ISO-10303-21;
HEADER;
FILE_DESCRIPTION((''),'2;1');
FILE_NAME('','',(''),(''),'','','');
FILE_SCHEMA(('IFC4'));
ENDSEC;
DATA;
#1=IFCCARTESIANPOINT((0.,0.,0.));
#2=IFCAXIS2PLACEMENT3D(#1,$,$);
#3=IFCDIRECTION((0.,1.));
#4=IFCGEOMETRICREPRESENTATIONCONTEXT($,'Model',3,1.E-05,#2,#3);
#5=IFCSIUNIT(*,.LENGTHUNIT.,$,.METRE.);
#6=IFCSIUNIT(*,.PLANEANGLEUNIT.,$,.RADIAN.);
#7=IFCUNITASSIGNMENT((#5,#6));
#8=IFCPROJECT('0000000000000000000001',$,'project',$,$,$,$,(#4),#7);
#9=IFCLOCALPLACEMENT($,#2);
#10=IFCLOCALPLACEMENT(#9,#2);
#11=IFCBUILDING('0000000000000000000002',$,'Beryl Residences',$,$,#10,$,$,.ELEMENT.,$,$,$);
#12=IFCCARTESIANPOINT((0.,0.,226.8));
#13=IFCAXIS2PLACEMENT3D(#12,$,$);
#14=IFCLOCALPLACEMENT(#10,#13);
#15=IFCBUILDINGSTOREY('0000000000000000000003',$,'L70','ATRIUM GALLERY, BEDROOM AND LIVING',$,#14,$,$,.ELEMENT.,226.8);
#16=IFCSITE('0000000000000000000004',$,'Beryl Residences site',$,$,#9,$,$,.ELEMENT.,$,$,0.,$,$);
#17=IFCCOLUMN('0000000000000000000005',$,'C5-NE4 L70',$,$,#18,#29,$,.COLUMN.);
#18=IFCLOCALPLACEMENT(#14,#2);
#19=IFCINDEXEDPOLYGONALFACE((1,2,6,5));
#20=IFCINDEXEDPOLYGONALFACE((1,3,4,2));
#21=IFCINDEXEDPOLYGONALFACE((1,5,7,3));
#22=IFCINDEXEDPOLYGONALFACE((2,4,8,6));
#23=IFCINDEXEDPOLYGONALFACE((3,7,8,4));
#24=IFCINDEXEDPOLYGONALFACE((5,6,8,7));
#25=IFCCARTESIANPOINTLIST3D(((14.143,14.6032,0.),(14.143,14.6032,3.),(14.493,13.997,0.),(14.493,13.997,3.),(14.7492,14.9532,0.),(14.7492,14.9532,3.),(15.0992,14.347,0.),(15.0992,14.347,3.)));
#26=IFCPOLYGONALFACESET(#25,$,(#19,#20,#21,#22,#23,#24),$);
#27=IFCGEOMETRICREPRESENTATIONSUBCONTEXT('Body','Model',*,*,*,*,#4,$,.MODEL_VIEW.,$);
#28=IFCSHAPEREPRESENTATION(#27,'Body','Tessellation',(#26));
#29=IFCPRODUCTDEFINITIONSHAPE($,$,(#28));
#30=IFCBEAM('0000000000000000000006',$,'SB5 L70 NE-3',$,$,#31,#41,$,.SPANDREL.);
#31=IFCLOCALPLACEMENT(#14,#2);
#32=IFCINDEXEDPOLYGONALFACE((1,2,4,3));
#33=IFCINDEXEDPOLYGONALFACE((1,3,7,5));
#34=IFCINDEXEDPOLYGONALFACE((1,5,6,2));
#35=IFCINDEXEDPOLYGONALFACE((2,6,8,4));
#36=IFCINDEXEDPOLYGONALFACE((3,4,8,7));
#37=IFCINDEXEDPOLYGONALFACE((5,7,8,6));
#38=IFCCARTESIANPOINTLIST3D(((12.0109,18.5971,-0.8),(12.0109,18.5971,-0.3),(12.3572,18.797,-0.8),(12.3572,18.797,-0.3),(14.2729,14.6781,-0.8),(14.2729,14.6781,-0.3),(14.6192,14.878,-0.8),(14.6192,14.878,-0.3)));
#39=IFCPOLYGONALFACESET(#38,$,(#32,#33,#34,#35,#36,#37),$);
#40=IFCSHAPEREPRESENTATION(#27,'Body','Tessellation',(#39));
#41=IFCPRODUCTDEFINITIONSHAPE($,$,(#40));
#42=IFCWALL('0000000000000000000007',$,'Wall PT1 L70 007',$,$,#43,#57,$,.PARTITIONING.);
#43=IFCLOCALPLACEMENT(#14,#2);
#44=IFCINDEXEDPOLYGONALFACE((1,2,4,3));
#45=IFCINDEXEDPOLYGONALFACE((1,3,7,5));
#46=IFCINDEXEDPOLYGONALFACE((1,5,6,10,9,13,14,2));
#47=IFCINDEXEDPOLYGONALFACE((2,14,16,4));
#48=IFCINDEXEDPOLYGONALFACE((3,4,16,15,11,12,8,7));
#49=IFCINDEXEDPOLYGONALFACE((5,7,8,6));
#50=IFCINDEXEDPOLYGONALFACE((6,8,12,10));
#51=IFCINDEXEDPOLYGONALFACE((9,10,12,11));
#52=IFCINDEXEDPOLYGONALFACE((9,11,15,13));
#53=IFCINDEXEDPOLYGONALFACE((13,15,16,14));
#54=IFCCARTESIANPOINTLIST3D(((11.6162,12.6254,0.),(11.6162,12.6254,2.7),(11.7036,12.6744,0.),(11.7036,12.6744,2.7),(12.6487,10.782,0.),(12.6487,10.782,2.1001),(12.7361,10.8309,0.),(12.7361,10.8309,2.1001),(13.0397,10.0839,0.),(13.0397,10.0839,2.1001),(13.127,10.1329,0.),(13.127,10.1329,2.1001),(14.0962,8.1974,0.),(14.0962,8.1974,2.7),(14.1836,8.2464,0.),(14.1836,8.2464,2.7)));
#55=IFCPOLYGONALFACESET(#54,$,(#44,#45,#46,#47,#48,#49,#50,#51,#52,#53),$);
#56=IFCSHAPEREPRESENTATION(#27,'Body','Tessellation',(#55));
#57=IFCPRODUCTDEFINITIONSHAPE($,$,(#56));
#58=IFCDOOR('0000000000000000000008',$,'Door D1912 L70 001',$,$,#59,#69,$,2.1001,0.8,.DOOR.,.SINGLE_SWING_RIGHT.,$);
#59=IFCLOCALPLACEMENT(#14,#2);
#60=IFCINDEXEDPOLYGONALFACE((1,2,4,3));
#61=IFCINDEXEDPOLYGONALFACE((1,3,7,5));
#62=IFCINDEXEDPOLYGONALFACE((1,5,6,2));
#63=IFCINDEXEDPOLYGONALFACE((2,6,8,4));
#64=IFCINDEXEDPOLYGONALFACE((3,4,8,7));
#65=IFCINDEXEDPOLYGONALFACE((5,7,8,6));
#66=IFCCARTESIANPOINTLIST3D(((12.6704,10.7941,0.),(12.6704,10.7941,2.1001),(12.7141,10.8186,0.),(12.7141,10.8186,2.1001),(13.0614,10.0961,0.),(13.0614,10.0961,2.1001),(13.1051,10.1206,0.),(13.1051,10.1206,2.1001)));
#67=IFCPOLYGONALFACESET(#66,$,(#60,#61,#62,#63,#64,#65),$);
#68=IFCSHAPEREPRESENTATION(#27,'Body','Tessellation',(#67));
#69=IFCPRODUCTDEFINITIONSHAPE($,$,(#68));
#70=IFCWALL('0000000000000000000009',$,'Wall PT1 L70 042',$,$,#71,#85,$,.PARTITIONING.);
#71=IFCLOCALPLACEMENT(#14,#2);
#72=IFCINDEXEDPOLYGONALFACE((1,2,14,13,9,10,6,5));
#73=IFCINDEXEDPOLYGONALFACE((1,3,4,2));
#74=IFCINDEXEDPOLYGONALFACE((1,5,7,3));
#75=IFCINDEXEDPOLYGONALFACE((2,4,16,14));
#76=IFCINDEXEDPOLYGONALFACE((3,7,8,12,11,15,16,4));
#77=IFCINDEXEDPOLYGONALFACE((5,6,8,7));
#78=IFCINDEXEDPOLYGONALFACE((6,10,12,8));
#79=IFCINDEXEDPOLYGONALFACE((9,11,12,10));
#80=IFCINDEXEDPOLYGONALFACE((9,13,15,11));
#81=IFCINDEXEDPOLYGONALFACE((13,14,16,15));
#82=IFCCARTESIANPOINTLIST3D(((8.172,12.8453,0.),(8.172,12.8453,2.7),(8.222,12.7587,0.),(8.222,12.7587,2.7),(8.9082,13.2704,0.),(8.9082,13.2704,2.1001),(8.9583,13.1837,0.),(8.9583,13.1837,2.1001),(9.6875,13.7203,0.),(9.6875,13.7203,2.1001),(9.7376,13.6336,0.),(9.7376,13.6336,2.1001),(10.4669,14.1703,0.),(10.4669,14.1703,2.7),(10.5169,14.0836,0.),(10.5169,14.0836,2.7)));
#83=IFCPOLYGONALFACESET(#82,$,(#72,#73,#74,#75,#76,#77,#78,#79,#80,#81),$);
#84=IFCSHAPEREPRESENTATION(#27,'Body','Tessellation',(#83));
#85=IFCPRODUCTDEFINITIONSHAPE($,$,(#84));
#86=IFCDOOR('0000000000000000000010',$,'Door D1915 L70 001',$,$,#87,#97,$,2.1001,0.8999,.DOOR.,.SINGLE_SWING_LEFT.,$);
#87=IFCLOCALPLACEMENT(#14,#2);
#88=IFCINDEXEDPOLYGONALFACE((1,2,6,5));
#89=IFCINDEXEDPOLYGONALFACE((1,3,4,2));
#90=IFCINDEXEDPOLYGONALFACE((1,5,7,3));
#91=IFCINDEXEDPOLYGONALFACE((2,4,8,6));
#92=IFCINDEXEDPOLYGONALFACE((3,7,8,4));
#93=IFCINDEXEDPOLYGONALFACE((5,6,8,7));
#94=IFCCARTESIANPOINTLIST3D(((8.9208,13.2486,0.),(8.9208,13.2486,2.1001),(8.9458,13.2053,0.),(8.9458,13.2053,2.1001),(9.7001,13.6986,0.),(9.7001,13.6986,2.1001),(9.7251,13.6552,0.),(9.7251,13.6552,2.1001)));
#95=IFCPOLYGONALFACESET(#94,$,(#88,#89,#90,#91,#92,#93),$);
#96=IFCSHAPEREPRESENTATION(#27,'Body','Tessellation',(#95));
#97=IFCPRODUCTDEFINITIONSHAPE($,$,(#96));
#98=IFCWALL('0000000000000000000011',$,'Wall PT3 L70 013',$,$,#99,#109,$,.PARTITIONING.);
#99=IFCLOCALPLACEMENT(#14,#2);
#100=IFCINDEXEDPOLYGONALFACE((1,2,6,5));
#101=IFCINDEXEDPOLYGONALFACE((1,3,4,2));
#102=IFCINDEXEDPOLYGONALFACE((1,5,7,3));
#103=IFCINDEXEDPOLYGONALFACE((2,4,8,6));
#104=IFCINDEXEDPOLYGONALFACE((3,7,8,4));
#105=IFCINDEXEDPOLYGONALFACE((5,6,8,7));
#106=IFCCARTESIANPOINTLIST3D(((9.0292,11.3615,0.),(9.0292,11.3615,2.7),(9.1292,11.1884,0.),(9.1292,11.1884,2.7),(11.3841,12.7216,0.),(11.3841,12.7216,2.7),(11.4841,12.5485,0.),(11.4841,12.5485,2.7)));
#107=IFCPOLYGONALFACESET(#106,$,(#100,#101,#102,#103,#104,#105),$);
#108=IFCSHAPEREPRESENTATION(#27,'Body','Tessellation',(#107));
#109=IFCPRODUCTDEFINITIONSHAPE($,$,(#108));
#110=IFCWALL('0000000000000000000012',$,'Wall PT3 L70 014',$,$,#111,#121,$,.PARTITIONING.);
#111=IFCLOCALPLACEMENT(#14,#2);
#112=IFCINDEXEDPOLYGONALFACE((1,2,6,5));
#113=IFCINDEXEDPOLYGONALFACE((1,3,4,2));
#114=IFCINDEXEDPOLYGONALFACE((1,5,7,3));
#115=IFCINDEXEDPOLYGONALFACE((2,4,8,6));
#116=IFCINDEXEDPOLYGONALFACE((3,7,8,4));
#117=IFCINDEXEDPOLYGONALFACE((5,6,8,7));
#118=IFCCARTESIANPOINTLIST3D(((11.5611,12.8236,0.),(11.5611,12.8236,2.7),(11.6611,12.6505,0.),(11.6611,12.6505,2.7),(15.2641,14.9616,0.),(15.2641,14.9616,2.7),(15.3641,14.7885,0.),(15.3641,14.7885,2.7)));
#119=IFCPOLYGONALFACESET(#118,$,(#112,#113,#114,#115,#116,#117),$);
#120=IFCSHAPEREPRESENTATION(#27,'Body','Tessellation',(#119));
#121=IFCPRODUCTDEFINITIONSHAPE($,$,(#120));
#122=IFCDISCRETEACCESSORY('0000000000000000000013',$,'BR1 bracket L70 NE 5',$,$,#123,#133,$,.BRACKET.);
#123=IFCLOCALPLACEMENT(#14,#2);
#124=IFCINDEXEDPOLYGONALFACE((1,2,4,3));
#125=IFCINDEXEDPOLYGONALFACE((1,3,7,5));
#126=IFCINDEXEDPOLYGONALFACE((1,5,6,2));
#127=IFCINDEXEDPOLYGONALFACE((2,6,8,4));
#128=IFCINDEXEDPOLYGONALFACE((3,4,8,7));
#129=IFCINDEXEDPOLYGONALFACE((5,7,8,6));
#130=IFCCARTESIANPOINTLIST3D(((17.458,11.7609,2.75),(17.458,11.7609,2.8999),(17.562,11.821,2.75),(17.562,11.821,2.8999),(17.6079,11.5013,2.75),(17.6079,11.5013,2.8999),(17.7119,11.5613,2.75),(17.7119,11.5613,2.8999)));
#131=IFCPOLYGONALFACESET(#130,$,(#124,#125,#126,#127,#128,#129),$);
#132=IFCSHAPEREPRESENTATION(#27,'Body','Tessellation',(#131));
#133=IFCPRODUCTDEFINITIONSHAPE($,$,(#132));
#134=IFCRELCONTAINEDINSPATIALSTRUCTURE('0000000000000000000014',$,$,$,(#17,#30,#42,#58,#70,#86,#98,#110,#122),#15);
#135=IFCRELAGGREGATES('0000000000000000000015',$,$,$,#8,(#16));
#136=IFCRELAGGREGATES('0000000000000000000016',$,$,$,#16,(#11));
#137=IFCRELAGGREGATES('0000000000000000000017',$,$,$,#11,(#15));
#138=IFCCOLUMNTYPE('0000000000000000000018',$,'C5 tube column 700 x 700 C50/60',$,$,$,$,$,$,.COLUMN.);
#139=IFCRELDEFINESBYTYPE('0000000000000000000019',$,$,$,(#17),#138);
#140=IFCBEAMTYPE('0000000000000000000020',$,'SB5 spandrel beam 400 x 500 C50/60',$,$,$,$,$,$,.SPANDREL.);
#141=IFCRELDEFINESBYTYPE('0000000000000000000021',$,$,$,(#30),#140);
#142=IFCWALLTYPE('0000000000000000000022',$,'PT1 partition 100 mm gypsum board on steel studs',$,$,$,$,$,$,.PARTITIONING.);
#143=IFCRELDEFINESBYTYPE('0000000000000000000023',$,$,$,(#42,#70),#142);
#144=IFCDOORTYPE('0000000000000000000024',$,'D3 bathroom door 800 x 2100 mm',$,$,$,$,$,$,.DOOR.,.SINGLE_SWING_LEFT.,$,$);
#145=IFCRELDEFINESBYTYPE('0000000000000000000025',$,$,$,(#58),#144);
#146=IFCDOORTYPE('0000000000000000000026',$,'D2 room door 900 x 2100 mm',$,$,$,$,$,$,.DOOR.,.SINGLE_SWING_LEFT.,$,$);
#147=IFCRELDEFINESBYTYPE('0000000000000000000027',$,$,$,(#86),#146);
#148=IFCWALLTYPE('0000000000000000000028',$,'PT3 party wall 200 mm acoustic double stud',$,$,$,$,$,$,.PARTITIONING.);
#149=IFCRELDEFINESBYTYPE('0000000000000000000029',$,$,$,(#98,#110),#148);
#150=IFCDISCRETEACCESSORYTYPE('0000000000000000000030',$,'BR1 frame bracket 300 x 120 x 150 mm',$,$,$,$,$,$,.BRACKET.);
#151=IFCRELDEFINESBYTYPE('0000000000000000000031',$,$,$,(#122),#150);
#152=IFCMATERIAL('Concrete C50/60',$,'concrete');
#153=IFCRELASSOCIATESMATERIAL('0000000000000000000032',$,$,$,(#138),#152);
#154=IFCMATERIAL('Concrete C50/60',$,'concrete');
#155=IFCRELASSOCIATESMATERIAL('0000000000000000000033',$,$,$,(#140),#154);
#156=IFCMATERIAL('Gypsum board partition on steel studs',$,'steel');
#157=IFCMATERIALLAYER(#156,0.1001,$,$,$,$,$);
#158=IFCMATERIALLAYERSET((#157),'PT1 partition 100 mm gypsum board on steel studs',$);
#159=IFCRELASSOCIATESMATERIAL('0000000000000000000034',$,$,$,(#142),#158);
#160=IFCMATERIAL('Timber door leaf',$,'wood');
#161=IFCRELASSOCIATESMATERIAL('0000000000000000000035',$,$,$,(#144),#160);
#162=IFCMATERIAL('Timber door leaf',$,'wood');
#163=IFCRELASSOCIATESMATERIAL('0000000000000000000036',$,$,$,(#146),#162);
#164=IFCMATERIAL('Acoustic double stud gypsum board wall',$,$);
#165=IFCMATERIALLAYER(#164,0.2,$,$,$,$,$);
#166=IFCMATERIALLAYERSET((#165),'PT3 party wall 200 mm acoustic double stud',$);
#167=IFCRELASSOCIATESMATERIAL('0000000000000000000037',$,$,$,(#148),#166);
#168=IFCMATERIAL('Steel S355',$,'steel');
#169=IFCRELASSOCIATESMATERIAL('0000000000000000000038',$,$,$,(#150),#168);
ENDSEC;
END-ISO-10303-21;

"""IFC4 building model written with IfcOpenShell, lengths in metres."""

from ifc_helpers import new_model, si_unit, direction, frame, frame_2d, origin, origin_2d, place, context, subcontext, project, spatial, polyline, rectangle, outline, extrude, source, transform, mapped, material, layer, layer_set, material_profile, profile_set, type_object, type_shapes, element, fill, save


model = new_model("IFC4")

# Units and contexts
model_context = context("Model", 3, precision=1e-05, world=origin(), true_north=direction((0.0, 1.0)))
body_context = subcontext(model_context, "Body", "Model", "MODEL_VIEW")
ifc_project = project(units=[si_unit("LENGTHUNIT", "METRE"), si_unit("PLANEANGLEUNIT", "RADIAN")], contexts=[model_context])

# Site, building, storey
site_placement = place(None, origin())
site = spatial("IfcSite", under=ifc_project, at=site_placement, Name="Beryl Residences site", CompositionType="ELEMENT", RefElevation=0.0)
building_placement = place(site_placement, origin())
building = spatial("IfcBuilding", under=site, at=building_placement, Name="Beryl Residences", CompositionType="ELEMENT")
storey_placement = place(building_placement, frame((0.0, 0.0, 226.8)))
storey = spatial("IfcBuildingStorey", under=building, at=storey_placement, Name="L70", Description="ATRIUM GALLERY, BEDROOM AND LIVING", CompositionType="ELEMENT", Elevation=226.8)

# Column
ifc_material_1 = material(Name="Concrete C50/60", Category="concrete")
ifc_material_profile_1 = material_profile(ifc_material_1, rectangle(XDim=0.7, YDim=0.7, at=origin_2d()))
ifc_profile_set_1 = profile_set([ifc_material_profile_1], Name="Concrete C50/60")
column_type = type_object("IfcColumnType", Name="C5 tube column 700 x 700 C50/60", PredefinedType="COLUMN", material=ifc_profile_set_1)
column_placement = place(storey_placement, frame((14.6211, 14.4751, 0.0), z_axis=(0.0, 0.0, 1.0), x_axis=(-0.49997, 0.866043, 0.0)))
element("IfcColumn", 1, at=column_placement, inside=storey, type_object=column_type, Name="C5-NE4 L70", PredefinedType="COLUMN", context=body_context, shape_type="SweptSolid", body=[
    extrude(rectangle(XDim=0.7, YDim=0.7, at=origin_2d()), origin(), (0.0, 0.0, 1.0), 3.0),
])

# Beam
ifc_material_2 = material(Name="Concrete C50/60", Category="concrete")
ifc_material_profile_2 = material_profile(ifc_material_2, rectangle(XDim=0.3999, YDim=0.5, at=origin_2d()))
ifc_profile_set_2 = profile_set([ifc_material_profile_2], Name="Concrete C50/60")
beam_type = type_object("IfcBeamType", Name="SB5 spandrel beam 400 x 500 C50/60", PredefinedType="SPANDREL", material=ifc_profile_set_2)
beam_placement = place(storey_placement, frame((14.446, 14.7781, -0.55), z_axis=(-0.499894, 0.866087, 0.0), x_axis=(-0.866087, -0.499894, 0.0)))
element("IfcBeam", 2, at=beam_placement, inside=storey, type_object=beam_type, Name="SB5 L70 NE-3", PredefinedType="SPANDREL", context=body_context, shape_type="SweptSolid", body=[
    extrude(rectangle(XDim=0.3999, YDim=0.5, at=origin_2d()), origin(), (0.0, 0.0, 1.0), 4.5249),
])

# Walls, openings, doors
ifc_material_3 = material(Name="Gypsum board partition on steel studs", Category="steel")
ifc_layer_1 = layer(ifc_material_3, 0.1001)
ifc_layer_set_1 = layer_set([ifc_layer_1], Name="PT1 partition 100 mm gypsum board on steel studs")
wall_type_1 = type_object("IfcWallType", Name="PT1 partition 100 mm gypsum board on steel studs", PredefinedType="PARTITIONING", material=ifc_layer_set_1)
wall_1_placement = place(storey_placement, frame((11.6599, 12.6499, 0.0), z_axis=(0.0, 0.0, 1.0), x_axis=(0.48865, -0.87248, 0.0)))
wall_1 = element("IfcWall", 3, at=wall_1_placement, inside=storey, type_object=wall_type_1, Name="Wall PT1 L70 007", PredefinedType="PARTITIONING", context=body_context, shape_type="SweptSolid", body=[
    extrude(rectangle(XDim=5.0752, YDim=0.1001, at=frame_2d((2.5376, 0.0))), origin(), (0.0, 0.0, 1.0), 2.7),
])
opening_1_placement = place(wall_1_placement, frame((2.113, 0.0, 0.0)))
opening_1 = element("IfcOpeningElement", 4, at=opening_1_placement, cuts=wall_1, PredefinedType="OPENING", context=body_context, shape_type="SweptSolid", body=[
    extrude(rectangle(XDim=0.8, YDim=2.1001, at=frame_2d((0.3999, 1.05))), frame((0.0, 0.0601, 0.0), z_axis=(0.0, -1.0, 0.0), x_axis=(1.0, 0.0, 0.0)), (0.0, 0.0, 1.0), 0.1201),
])
ifc_material_4 = material(Name="Timber door leaf", Category="wood")
door_type_1 = type_object("IfcDoorType", Name="D3 bathroom door 800 x 2100 mm", OperationType="SINGLE_SWING_LEFT", PredefinedType="DOOR", material=ifc_material_4)
door_1_placement = place(opening_1_placement, origin())
door_1 = element("IfcDoor", 5, at=door_1_placement, inside=storey, type_object=door_type_1, Name="Door D1912 L70 001", OperationType="SINGLE_SWING_RIGHT", OverallHeight=2.1001, OverallWidth=0.8, PredefinedType="DOOR", context=body_context, shape_type="SweptSolid", body=[
    extrude(rectangle(XDim=0.8, YDim=2.1001, at=frame_2d((0.3999, 1.05))), frame((0.0, 0.0249, 0.0), z_axis=(0.0, -1.0, 0.0), x_axis=(1.0, 0.0, 0.0)), (0.0, 0.0, 1.0), 0.05),
])
fill(opening_1, door_1)
wall_2_placement = place(storey_placement, frame((8.197, 12.802, 0.0), z_axis=(0.0, 0.0, 1.0), x_axis=(0.866029, 0.499994, 0.0)))
wall_2 = element("IfcWall", 6, at=wall_2_placement, inside=storey, type_object=wall_type_1, Name="Wall PT1 L70 042", PredefinedType="PARTITIONING", context=body_context, shape_type="SweptSolid", body=[
    extrude(rectangle(XDim=2.6499, YDim=0.1001, at=frame_2d((1.325, 0.0))), origin(), (0.0, 0.0, 1.0), 2.7),
])
opening_2_placement = place(wall_2_placement, frame((0.8501, 0.0, 0.0)))
opening_2 = element("IfcOpeningElement", 7, at=opening_2_placement, cuts=wall_2, PredefinedType="OPENING", context=body_context, shape_type="SweptSolid", body=[
    extrude(rectangle(XDim=0.8999, YDim=2.1001, at=frame_2d((0.45, 1.05))), frame((0.0, 0.0601, 0.0), z_axis=(0.0, -1.0, 0.0), x_axis=(1.0, 0.0, 0.0)), (0.0, 0.0, 1.0), 0.1201),
])
ifc_material_5 = material(Name="Timber door leaf", Category="wood")
door_type_2 = type_object("IfcDoorType", Name="D2 room door 900 x 2100 mm", OperationType="SINGLE_SWING_LEFT", PredefinedType="DOOR", material=ifc_material_5)
door_2_placement = place(opening_2_placement, origin())
door_2 = element("IfcDoor", 8, at=door_2_placement, inside=storey, type_object=door_type_2, Name="Door D1915 L70 001", OperationType="SINGLE_SWING_LEFT", OverallHeight=2.1001, OverallWidth=0.8999, PredefinedType="DOOR", context=body_context, shape_type="SweptSolid", body=[
    extrude(rectangle(XDim=0.8999, YDim=2.1001, at=frame_2d((0.45, 1.05))), frame((0.0, 0.0249, 0.0), z_axis=(0.0, -1.0, 0.0), x_axis=(1.0, 0.0, 0.0)), (0.0, 0.0, 1.0), 0.05),
])
fill(opening_2, door_2)

# Walls
ifc_material_6 = material(Name="Acoustic double stud gypsum board wall")
ifc_layer_2 = layer(ifc_material_6, 0.2)
ifc_layer_set_2 = layer_set([ifc_layer_2], Name="PT3 party wall 200 mm acoustic double stud")
wall_type_2 = type_object("IfcWallType", Name="PT3 party wall 200 mm acoustic double stud", PredefinedType="PARTITIONING", material=ifc_layer_set_2)
wall_3_placement = place(storey_placement, frame((9.0791, 11.2749, 0.0), z_axis=(0.0, 0.0, 1.0), x_axis=(0.865952, 0.500127, 0.0)))
element("IfcWall", 9, at=wall_3_placement, inside=storey, type_object=wall_type_2, Name="Wall PT3 L70 013", PredefinedType="PARTITIONING", context=body_context, shape_type="SweptSolid", body=[
    extrude(rectangle(XDim=2.7195, YDim=0.2, at=frame_2d((1.3599, 0.0))), origin(), (0.0, 0.0, 1.0), 2.7),
])
wall_4_placement = place(storey_placement, frame((11.6111, 12.7371, 0.0), z_axis=(0.0, 0.0, 1.0), x_axis=(0.866017, 0.500014, 0.0)))
element("IfcWall", 10, at=wall_4_placement, inside=storey, type_object=wall_type_2, Name="Wall PT3 L70 014", PredefinedType="PARTITIONING", context=body_context, shape_type="SweptSolid", body=[
    extrude(rectangle(XDim=4.2759, YDim=0.2, at=frame_2d((2.1379, 0.0))), origin(), (0.0, 0.0, 1.0), 2.7),
])

# Discrete accessory
ifc_material_7 = material(Name="Steel S355", Category="steel")
discrete_accessory_type = type_object("IfcDiscreteAccessoryType", Name="BR1 frame bracket 300 x 120 x 150 mm", PredefinedType="BRACKET", material=ifc_material_7)
shared_shape_1 = source(origin(), body_context, "Body", "SweptSolid", [
    extrude(outline(polyline([(-0.1499, 0.0), (0.1499, 0.0), (0.1499, 0.1201), (-0.1499, 0.1201), (-0.1499, 0.0)])), origin(), (0.0, 0.0, 1.0), 0.1499),
])
type_shapes(discrete_accessory_type, [shared_shape_1])
discrete_accessory_placement = place(storey_placement, frame((17.533, 11.6311, 2.75), z_axis=(0.0, 0.0, 1.0), x_axis=(0.5, -0.866025, 0.0)))
element("IfcDiscreteAccessory", 11, at=discrete_accessory_placement, inside=storey, type_object=discrete_accessory_type, Name="BR1 bracket L70 NE 5", PredefinedType="BRACKET", context=body_context, shape_type="MappedRepresentation", body=[
    mapped(shared_shape_1, transform((0.0, 0.0, 0.0))),
])

save(model, "model.ifc")
